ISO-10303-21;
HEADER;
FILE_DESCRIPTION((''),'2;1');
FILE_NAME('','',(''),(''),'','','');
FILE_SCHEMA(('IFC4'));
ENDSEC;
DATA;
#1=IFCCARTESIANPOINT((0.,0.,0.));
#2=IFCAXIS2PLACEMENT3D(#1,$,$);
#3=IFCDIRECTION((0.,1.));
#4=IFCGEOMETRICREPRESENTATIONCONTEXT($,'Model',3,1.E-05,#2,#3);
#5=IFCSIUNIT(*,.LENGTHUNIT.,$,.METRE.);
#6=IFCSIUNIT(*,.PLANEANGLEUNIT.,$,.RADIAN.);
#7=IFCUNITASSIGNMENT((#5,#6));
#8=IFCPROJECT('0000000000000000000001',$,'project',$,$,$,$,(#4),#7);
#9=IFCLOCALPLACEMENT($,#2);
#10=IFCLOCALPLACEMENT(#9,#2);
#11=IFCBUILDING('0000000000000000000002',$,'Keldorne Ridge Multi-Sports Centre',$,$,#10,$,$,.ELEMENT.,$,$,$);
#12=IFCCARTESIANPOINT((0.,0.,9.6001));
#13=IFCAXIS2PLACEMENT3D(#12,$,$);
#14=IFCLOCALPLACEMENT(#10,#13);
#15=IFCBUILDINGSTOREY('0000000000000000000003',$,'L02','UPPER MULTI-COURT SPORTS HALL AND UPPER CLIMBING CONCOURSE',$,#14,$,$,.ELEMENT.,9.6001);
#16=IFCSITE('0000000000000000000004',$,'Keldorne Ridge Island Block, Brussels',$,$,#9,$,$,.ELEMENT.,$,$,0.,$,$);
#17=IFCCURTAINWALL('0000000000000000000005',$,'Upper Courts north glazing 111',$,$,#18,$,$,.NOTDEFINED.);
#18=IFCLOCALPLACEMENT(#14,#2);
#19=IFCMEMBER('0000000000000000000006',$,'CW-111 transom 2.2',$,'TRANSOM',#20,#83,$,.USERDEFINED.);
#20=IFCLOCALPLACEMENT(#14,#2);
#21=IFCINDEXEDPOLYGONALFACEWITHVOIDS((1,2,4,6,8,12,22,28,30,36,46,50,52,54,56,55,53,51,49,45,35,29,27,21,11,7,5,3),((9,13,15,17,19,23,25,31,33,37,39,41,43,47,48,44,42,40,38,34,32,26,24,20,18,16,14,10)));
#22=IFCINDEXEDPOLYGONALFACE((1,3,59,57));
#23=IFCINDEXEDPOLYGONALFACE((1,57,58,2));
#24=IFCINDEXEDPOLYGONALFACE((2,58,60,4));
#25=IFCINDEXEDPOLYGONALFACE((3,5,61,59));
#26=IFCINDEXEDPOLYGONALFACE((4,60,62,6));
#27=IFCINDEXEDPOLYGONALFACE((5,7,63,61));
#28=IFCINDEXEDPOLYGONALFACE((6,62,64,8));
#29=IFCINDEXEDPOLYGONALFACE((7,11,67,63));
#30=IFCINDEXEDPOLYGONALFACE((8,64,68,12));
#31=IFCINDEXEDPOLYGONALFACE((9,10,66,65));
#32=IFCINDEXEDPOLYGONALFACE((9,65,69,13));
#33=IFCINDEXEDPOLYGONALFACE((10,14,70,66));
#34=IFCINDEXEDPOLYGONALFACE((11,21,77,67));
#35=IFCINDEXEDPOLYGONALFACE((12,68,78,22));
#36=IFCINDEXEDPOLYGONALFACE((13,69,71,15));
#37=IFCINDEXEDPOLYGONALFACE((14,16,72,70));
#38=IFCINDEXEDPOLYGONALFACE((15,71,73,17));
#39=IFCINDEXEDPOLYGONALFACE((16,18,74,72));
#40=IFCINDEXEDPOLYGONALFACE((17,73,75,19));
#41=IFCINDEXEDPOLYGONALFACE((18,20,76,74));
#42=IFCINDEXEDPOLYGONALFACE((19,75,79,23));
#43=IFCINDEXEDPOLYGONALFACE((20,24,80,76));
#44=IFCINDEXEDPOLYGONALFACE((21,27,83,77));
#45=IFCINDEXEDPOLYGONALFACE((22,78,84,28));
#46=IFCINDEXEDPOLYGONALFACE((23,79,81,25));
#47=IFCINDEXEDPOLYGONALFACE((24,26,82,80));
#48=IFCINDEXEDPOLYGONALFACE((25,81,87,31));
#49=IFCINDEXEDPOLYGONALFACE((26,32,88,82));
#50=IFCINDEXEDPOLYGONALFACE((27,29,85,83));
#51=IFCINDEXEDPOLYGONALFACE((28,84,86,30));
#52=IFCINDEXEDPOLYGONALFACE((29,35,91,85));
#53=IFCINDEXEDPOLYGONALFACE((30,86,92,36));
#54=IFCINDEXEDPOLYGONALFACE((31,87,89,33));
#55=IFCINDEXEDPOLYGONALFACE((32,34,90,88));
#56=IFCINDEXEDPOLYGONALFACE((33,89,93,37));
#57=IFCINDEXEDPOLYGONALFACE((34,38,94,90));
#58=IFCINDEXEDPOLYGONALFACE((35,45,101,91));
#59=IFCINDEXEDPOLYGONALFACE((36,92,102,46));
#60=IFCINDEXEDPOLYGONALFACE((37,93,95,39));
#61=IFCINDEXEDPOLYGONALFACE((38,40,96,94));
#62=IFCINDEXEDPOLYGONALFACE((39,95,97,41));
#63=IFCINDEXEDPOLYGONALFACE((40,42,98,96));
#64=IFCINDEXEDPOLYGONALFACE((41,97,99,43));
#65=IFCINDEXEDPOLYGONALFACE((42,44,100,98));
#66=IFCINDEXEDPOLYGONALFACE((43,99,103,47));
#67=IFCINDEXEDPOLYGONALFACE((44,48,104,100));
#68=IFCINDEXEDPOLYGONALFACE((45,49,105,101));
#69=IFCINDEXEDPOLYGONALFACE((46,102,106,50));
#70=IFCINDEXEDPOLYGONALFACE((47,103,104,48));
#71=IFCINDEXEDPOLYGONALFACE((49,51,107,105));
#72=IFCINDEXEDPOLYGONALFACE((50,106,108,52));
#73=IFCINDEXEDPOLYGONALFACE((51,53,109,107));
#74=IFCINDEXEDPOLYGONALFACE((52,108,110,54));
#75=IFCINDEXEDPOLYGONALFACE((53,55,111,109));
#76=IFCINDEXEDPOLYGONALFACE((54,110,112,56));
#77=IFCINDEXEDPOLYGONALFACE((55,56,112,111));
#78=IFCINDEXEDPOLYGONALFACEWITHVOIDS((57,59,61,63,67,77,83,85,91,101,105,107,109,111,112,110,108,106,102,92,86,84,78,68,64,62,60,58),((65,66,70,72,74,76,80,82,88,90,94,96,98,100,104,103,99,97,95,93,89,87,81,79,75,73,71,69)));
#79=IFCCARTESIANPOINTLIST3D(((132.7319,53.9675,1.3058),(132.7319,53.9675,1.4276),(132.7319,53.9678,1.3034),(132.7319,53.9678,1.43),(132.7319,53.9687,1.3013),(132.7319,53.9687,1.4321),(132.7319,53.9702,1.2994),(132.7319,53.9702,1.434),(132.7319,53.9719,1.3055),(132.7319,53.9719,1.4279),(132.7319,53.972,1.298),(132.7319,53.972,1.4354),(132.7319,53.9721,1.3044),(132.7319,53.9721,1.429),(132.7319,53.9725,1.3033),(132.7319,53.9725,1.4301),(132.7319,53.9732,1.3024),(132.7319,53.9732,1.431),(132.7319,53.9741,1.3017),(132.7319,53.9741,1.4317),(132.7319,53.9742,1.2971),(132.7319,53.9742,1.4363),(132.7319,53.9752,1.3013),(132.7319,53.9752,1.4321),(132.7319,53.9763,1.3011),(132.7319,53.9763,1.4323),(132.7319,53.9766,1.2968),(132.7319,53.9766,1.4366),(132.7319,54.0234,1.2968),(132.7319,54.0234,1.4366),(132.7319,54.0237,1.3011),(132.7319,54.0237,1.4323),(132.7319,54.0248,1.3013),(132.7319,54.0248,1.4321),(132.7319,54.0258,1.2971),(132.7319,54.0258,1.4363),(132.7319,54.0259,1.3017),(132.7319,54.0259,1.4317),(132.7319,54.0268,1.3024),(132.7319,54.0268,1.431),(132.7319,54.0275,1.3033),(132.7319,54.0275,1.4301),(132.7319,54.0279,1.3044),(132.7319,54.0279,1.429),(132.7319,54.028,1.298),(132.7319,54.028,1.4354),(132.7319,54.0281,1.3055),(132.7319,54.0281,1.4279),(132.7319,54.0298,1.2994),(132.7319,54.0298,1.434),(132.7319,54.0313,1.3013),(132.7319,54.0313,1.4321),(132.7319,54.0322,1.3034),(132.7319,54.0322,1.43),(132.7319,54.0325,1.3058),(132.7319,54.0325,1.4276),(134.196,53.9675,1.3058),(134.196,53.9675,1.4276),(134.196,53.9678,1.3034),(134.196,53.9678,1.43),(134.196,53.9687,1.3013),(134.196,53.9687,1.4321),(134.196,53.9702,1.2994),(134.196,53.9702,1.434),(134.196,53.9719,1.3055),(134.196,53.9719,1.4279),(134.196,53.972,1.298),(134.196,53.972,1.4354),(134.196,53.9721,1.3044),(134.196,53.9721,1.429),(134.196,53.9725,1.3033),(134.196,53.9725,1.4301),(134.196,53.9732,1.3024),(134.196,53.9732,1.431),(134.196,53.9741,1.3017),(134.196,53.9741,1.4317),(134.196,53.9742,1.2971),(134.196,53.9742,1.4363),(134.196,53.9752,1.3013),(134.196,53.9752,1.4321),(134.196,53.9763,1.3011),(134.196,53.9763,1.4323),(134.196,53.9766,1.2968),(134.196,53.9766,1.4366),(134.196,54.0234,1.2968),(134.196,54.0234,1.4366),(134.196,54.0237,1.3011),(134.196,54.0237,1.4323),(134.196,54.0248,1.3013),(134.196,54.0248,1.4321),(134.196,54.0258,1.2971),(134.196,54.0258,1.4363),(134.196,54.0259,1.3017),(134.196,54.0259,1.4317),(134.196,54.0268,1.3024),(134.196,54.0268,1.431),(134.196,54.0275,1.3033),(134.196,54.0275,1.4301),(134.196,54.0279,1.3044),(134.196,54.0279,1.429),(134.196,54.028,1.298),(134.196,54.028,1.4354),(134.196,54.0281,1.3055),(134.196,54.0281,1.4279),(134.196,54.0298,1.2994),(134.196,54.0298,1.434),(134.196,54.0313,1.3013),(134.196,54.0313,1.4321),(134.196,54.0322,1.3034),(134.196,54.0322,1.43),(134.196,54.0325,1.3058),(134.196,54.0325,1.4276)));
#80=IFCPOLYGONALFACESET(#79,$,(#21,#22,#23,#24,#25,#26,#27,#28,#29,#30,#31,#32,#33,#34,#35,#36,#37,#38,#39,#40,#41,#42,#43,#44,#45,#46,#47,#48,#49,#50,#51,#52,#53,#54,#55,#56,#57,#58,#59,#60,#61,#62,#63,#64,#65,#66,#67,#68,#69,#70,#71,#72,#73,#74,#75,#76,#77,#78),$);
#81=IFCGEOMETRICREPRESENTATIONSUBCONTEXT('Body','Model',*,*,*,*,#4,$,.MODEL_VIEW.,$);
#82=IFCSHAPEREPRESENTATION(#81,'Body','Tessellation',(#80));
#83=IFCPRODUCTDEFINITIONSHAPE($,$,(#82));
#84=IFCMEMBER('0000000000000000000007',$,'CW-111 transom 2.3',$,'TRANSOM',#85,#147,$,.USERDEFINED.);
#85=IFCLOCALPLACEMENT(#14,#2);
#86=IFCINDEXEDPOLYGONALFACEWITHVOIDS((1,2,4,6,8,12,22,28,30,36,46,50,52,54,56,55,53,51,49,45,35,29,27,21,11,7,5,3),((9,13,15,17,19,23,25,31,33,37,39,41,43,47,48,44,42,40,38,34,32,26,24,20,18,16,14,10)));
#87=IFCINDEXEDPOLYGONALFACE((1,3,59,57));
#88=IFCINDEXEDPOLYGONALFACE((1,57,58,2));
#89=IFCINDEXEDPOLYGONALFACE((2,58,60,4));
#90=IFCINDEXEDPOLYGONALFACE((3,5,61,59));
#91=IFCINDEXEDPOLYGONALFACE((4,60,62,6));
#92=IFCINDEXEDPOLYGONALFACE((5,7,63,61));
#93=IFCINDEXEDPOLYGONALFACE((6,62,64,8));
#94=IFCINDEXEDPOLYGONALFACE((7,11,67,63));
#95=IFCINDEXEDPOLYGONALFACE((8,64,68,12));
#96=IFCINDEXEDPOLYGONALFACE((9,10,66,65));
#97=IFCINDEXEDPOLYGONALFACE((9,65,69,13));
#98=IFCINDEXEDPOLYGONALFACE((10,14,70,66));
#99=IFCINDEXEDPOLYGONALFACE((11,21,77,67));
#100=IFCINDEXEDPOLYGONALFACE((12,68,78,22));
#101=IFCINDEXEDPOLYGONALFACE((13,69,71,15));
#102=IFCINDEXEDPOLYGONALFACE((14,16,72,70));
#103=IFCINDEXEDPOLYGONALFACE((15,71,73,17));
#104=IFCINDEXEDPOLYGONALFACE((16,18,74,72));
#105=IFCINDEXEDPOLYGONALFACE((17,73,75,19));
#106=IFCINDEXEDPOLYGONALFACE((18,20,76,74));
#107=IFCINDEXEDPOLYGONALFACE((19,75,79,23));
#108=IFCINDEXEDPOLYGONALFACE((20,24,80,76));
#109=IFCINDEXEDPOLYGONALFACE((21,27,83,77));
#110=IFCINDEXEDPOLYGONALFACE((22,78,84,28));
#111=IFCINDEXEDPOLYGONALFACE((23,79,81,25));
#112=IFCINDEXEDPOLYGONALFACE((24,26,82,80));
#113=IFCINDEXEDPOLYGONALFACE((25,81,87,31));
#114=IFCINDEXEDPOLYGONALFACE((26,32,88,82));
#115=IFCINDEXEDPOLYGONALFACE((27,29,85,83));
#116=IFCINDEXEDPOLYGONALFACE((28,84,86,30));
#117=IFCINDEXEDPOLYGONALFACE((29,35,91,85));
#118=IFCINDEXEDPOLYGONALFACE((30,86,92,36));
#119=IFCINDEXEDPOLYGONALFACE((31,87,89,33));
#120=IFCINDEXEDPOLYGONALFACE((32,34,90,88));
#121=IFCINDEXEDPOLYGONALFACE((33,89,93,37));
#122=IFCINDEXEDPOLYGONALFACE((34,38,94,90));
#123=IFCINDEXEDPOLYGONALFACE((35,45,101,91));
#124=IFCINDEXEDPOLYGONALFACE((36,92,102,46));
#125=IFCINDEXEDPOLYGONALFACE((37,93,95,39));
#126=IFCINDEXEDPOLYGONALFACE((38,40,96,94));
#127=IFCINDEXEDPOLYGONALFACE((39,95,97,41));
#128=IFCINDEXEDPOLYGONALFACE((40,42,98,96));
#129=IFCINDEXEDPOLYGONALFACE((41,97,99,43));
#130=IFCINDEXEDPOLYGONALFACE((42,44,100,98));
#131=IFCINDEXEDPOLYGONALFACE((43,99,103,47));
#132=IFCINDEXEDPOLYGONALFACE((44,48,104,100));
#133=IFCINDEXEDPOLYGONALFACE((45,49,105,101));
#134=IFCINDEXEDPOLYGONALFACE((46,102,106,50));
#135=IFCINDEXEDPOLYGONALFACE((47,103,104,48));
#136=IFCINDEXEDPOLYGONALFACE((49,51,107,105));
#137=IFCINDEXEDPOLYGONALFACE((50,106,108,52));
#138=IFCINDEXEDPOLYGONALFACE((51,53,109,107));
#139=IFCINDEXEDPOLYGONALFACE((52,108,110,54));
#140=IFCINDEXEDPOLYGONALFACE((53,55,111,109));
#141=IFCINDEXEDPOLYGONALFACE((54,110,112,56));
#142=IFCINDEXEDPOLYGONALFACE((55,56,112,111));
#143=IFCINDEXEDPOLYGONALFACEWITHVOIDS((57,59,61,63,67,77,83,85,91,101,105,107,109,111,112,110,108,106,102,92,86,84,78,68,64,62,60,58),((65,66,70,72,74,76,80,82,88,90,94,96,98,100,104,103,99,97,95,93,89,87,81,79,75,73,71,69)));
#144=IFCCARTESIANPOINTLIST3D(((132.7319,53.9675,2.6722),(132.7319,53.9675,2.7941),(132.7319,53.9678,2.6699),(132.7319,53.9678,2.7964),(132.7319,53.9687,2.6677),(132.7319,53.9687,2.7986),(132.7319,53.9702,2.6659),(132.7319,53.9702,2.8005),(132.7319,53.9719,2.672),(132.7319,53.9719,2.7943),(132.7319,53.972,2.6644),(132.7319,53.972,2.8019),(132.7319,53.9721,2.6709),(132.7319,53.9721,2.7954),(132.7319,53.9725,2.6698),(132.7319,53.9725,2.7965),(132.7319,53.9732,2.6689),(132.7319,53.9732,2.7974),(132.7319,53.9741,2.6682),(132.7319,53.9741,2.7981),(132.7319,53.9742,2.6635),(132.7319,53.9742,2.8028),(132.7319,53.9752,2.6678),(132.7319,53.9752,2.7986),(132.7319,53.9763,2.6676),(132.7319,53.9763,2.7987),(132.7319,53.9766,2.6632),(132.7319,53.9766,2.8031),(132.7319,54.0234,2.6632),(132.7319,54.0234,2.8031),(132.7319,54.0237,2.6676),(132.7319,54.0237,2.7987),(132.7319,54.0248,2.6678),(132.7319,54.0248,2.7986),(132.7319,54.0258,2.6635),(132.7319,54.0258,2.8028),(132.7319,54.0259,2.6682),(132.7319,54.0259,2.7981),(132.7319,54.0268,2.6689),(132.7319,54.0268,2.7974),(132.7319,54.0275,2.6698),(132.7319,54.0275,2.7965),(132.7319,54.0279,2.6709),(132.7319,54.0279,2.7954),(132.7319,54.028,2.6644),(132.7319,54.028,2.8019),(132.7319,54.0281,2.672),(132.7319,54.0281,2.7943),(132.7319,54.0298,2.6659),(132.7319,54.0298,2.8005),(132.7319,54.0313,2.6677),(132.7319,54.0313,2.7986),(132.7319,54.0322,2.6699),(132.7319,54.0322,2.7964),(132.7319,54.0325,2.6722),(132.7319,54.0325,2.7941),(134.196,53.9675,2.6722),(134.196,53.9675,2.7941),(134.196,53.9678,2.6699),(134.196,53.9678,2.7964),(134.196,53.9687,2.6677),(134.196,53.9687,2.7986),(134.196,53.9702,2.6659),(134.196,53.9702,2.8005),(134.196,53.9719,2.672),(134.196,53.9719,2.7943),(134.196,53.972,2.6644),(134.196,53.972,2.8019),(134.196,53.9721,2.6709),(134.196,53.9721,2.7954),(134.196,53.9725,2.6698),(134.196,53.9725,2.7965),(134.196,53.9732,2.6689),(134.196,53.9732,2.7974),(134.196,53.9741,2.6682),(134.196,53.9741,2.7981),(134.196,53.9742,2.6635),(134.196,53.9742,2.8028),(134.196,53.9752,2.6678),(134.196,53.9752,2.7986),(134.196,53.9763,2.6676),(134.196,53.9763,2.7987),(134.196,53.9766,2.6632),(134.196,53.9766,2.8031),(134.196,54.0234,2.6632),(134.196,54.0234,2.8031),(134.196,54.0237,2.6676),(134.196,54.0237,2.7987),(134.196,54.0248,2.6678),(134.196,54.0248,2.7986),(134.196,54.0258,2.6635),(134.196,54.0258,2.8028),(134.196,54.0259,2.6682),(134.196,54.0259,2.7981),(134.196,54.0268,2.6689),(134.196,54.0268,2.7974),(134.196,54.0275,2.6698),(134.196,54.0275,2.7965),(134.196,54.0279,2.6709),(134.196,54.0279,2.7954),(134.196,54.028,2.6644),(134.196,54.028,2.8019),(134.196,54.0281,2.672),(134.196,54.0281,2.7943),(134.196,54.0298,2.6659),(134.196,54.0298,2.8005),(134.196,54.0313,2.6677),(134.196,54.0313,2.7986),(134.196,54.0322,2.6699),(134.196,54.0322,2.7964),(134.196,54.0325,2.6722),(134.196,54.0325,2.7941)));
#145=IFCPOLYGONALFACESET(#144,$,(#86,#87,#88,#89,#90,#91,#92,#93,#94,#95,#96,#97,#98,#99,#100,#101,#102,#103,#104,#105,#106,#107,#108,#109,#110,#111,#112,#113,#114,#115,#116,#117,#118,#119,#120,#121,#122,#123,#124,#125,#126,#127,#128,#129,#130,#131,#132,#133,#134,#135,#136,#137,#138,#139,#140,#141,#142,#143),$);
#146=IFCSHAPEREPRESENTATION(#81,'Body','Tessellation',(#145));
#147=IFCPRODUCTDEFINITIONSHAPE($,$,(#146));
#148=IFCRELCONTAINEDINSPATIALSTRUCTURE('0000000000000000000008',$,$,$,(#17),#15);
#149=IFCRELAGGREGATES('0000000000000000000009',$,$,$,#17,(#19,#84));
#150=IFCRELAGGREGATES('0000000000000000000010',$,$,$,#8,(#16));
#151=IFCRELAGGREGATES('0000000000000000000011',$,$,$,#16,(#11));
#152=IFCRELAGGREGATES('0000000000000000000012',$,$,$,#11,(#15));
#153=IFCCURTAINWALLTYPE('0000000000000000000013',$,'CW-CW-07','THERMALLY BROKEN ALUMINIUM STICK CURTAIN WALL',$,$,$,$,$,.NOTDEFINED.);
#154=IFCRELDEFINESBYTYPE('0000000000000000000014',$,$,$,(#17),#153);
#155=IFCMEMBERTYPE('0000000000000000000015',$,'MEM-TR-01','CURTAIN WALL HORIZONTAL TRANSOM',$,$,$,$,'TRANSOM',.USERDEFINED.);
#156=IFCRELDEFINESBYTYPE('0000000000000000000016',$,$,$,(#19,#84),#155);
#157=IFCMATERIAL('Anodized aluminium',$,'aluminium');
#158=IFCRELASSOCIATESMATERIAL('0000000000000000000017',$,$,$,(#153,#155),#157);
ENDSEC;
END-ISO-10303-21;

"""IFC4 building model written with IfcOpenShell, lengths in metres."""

from ifc_helpers import new_model, si_unit, direction, frame, origin, origin_2d, place, context, subcontext, project, spatial, hollow_rectangle, extrude, material, material_profile, profile_set, type_object, element, aggregate, save


model = new_model("IFC4")

# Units and contexts
model_context = context("Model", 3, precision=1e-05, world=origin(), true_north=direction((0.0, 1.0)))
body_context = subcontext(model_context, "Body", "Model", "MODEL_VIEW")
ifc_project = project(units=[si_unit("LENGTHUNIT", "METRE"), si_unit("PLANEANGLEUNIT", "RADIAN")], contexts=[model_context])

# Site, building, storey
site_placement = place(None, origin())
site = spatial("IfcSite", under=ifc_project, at=site_placement, Name="Keldorne Ridge Island Block, Brussels", CompositionType="ELEMENT", RefElevation=0.0)
building_placement = place(site_placement, origin())
building = spatial("IfcBuilding", under=site, at=building_placement, Name="Keldorne Ridge Multi-Sports Centre", CompositionType="ELEMENT")
storey_placement = place(building_placement, frame((0.0, 0.0, 9.6001)))
storey = spatial("IfcBuildingStorey", under=building, at=storey_placement, Name="L02", Description="UPPER MULTI-COURT SPORTS HALL AND UPPER CLIMBING CONCOURSE", CompositionType="ELEMENT", Elevation=9.6001)

# Curtain wall, members
ifc_material_1 = material(Name="Anodized aluminium", Category="aluminium")
curtain_wall_type = type_object("IfcCurtainWallType", Name="CW-CW-07", Description="THERMALLY BROKEN ALUMINIUM STICK CURTAIN WALL", PredefinedType="NOTDEFINED", material=ifc_material_1)
curtain_wall_placement = place(storey_placement, origin())
curtain_wall = element("IfcCurtainWall", 1, at=curtain_wall_placement, inside=storey, type_object=curtain_wall_type, Name="Upper Courts north glazing 111", PredefinedType="NOTDEFINED")
ifc_material_profile_1 = material_profile(ifc_material_1, hollow_rectangle(XDim=0.0649, YDim=0.1399, WallThickness=0.0044, InnerFilletRadius=0.0044, OuterFilletRadius=0.009, at=origin_2d()), Name="ALU TRANSOM 140x65x4.5")
ifc_profile_set_1 = profile_set([ifc_material_profile_1], Name="Anodized aluminium")
member_type_1 = type_object("IfcMemberType", Name="MEM-TR-01", Description="CURTAIN WALL HORIZONTAL TRANSOM", ElementType="TRANSOM", PredefinedType="USERDEFINED", material=ifc_profile_set_1)
member_1_placement = place(storey_placement, frame((134.196, 54.0, 1.3667), z_axis=(-1.0, 0.0, 0.0), x_axis=(0.0, -1.0, 0.0)))
member_1 = element("IfcMember", 2, at=member_1_placement, type_object=member_type_1, Name="CW-111 transom 2.2", ObjectType="TRANSOM", PredefinedType="USERDEFINED", context=body_context, shape_type="SweptSolid", body=[
    extrude(hollow_rectangle(XDim=0.0649, YDim=0.1399, WallThickness=0.0044, InnerFilletRadius=0.0044, OuterFilletRadius=0.009, at=origin_2d()), origin(), (0.0, 0.0, 1.0), 1.4641),
])
member_2_placement = place(storey_placement, frame((134.196, 54.0, 2.7332), z_axis=(-1.0, 0.0, 0.0), x_axis=(0.0, -1.0, 0.0)))
member_2 = element("IfcMember", 3, at=member_2_placement, type_object=member_type_1, Name="CW-111 transom 2.3", ObjectType="TRANSOM", PredefinedType="USERDEFINED", context=body_context, shape_type="SweptSolid", body=[
    extrude(hollow_rectangle(XDim=0.0649, YDim=0.1399, WallThickness=0.0044, InnerFilletRadius=0.0044, OuterFilletRadius=0.009, at=origin_2d()), origin(), (0.0, 0.0, 1.0), 1.4641),
])
aggregate(curtain_wall, [member_1, member_2])

save(model, "model.ifc")
